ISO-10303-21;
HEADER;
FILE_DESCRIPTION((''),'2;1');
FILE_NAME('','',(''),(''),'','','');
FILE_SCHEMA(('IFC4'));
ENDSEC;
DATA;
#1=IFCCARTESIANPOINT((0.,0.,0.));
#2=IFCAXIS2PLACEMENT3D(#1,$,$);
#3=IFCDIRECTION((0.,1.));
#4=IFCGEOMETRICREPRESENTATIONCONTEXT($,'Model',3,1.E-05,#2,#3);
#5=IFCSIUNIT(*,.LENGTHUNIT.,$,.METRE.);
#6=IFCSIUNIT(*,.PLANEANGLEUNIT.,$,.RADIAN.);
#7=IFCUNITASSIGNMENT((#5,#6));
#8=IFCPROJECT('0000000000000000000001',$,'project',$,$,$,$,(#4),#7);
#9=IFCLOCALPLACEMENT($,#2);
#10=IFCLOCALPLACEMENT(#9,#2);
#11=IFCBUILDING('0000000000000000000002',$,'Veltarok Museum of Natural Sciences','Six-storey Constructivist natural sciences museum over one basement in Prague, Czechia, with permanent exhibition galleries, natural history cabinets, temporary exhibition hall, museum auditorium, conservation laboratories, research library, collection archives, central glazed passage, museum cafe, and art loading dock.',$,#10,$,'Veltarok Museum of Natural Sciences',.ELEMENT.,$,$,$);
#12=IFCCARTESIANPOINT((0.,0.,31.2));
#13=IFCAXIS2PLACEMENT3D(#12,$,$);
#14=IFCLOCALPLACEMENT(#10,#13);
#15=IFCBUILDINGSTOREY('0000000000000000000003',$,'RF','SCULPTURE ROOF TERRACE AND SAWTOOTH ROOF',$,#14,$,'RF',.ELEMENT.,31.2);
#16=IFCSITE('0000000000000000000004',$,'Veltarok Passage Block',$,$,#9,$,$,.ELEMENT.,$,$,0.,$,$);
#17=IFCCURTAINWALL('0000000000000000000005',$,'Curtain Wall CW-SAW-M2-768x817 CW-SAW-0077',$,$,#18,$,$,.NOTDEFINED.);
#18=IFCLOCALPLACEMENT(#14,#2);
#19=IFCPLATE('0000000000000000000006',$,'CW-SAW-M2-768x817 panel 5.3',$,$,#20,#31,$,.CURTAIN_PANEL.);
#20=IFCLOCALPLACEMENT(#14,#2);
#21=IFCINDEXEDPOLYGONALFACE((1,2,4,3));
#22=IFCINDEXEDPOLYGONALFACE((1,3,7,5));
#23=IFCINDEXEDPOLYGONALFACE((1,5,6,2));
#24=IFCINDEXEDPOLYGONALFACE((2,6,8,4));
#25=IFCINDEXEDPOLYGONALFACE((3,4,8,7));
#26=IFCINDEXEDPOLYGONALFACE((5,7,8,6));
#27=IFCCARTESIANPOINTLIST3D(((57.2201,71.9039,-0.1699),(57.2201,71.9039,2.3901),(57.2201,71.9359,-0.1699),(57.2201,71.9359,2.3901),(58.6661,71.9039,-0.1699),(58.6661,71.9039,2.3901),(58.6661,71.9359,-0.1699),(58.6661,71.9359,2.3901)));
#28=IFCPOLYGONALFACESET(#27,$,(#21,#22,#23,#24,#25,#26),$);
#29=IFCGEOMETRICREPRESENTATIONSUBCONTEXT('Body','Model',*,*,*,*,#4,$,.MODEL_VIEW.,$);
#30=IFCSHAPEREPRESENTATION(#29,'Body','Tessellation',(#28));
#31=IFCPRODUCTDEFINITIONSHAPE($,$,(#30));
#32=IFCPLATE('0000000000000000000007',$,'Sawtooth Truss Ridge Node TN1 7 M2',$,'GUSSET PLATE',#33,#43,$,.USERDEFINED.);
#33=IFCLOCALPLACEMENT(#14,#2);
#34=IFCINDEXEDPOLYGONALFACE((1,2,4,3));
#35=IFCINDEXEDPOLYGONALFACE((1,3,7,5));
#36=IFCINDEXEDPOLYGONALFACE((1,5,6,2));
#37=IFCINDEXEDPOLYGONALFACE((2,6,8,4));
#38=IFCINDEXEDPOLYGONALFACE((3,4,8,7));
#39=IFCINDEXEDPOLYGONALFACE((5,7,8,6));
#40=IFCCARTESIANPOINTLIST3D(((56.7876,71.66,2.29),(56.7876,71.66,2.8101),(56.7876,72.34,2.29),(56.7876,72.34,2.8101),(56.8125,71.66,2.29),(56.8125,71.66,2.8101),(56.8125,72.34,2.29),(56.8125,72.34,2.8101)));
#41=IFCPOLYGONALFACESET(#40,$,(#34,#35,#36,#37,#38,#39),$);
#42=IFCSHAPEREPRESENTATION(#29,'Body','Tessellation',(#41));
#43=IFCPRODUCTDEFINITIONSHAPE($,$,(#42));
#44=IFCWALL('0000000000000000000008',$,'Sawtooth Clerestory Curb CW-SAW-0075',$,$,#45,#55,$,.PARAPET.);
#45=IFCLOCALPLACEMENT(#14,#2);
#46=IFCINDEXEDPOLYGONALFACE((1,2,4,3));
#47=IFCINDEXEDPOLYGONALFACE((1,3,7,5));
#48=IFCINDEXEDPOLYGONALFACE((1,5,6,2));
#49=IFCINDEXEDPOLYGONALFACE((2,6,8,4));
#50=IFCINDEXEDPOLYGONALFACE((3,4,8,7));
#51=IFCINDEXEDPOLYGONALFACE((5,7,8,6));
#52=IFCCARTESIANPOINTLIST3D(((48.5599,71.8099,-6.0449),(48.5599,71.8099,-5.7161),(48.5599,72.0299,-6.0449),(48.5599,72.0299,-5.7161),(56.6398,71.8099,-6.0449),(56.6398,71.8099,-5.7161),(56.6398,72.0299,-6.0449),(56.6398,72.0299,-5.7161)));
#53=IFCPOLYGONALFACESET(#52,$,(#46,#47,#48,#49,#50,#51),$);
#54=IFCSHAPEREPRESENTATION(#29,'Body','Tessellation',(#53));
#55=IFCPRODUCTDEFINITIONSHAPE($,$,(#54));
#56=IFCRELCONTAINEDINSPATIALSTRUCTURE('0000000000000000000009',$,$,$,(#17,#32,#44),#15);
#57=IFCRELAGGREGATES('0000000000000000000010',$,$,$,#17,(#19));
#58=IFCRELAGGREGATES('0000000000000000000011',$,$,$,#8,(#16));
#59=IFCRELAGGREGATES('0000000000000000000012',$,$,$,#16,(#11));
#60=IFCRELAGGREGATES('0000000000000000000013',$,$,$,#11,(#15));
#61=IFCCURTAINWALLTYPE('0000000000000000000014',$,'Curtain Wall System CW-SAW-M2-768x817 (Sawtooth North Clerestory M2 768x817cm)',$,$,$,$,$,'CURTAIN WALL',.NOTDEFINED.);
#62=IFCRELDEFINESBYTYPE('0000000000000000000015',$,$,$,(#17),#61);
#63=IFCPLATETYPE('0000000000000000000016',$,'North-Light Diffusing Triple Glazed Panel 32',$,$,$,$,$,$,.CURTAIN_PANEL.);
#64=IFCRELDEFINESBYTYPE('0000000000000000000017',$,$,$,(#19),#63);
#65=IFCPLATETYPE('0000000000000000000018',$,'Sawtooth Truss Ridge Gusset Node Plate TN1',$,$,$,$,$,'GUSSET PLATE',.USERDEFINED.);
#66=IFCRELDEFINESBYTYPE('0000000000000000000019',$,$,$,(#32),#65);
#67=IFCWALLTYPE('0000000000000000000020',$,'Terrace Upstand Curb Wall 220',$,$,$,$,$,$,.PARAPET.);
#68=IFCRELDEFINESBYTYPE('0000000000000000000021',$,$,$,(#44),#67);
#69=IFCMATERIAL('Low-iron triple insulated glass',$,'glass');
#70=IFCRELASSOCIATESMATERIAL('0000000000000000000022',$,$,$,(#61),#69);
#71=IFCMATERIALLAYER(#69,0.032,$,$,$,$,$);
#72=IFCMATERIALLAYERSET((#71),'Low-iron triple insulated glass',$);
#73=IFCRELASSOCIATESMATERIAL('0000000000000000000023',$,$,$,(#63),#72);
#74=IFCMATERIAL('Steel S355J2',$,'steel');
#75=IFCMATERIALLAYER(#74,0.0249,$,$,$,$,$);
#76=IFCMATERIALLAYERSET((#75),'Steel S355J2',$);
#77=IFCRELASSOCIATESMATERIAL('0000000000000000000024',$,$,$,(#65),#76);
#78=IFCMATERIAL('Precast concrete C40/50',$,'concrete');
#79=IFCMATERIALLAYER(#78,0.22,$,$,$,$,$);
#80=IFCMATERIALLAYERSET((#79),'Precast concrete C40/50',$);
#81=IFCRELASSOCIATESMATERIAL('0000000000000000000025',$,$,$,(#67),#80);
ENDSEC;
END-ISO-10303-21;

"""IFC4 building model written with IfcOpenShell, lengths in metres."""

from ifc_helpers import new_model, si_unit, direction, frame, frame_2d, origin, origin_2d, place, context, subcontext, project, spatial, rectangle, extrude, material, layer, layer_set, type_object, element, aggregate, save


model = new_model("IFC4")

# Units and contexts
model_context = context("Model", 3, precision=1e-05, world=origin(), true_north=direction((0.0, 1.0)))
body_context = subcontext(model_context, "Body", "Model", "MODEL_VIEW")
ifc_project = project(units=[si_unit("LENGTHUNIT", "METRE"), si_unit("PLANEANGLEUNIT", "RADIAN")], contexts=[model_context])

# Site, building, storey
site_placement = place(None, origin())
site = spatial("IfcSite", under=ifc_project, at=site_placement, Name="Veltarok Passage Block", CompositionType="ELEMENT", RefElevation=0.0)
building_placement = place(site_placement, origin())
building = spatial("IfcBuilding", under=site, at=building_placement, Name="Veltarok Museum of Natural Sciences", Description="Six-storey Constructivist natural sciences museum over one basement in Prague, Czechia, with permanent exhibition galleries, natural history cabinets, temporary exhibition hall, museum auditorium, conservation laboratories, research library, collection archives, central glazed passage, museum cafe, and art loading dock.", LongName="Veltarok Museum of Natural Sciences", CompositionType="ELEMENT")
storey_placement = place(building_placement, frame((0.0, 0.0, 31.2)))
storey = spatial("IfcBuildingStorey", under=building, at=storey_placement, Name="RF", Description="SCULPTURE ROOF TERRACE AND SAWTOOTH ROOF", LongName="RF", CompositionType="ELEMENT", Elevation=31.2)

# Shared definitions
ifc_material_1 = material(Name="Steel S355J2", Category="steel")

# Shared definitions
ifc_material_2 = material(Name="Low-iron triple insulated glass", Category="glass")
curtain_wall_type = type_object("IfcCurtainWallType", Name="Curtain Wall System CW-SAW-M2-768x817 (Sawtooth North Clerestory M2 768x817cm)", ElementType="CURTAIN WALL", PredefinedType="NOTDEFINED", material=ifc_material_2)

# Curtain wall
curtain_wall_1_placement = place(storey_placement, origin())
curtain_wall_1 = element("IfcCurtainWall", 1, at=curtain_wall_1_placement, inside=storey, type_object=curtain_wall_type, Name="Curtain Wall CW-SAW-M2-768x817 CW-SAW-0077", PredefinedType="NOTDEFINED")

# Plates
ifc_layer_1 = layer(ifc_material_2, 0.032)
ifc_layer_set_1 = layer_set([ifc_layer_1], Name="Low-iron triple insulated glass")
plate_type_1 = type_object("IfcPlateType", Name="North-Light Diffusing Triple Glazed Panel 32", PredefinedType="CURTAIN_PANEL", material=ifc_layer_set_1)
plate_1_placement = place(storey_placement, frame((57.9431, 71.9199, -0.1699), z_axis=(0.0, 0.0, 1.0), x_axis=(-1.0, 0.0, 0.0)))
plate_1 = element("IfcPlate", 2, at=plate_1_placement, type_object=plate_type_1, Name="CW-SAW-M2-768x817 panel 5.3", PredefinedType="CURTAIN_PANEL", context=body_context, shape_type="SweptSolid", body=[
    extrude(rectangle(XDim=1.446, YDim=0.032, at=origin_2d()), origin(), (0.0, 0.0, 1.0), 2.5601),
])
aggregate(curtain_wall_1, [plate_1])
ifc_layer_2 = layer(ifc_material_1, 0.0249)
ifc_layer_set_2 = layer_set([ifc_layer_2], Name="Steel S355J2")
plate_type_2 = type_object("IfcPlateType", Name="Sawtooth Truss Ridge Gusset Node Plate TN1", ElementType="GUSSET PLATE", PredefinedType="USERDEFINED", material=ifc_layer_set_2)
plate_2_placement = place(storey_placement, frame((56.8, 72.0, 2.29), z_axis=(0.0, 0.0, 1.0), x_axis=(1.0, 0.0, 0.0)))
element("IfcPlate", 3, at=plate_2_placement, inside=storey, type_object=plate_type_2, Name="Sawtooth Truss Ridge Node TN1 7 M2", ObjectType="GUSSET PLATE", PredefinedType="USERDEFINED", context=body_context, shape_type="SweptSolid", body=[
    extrude(rectangle(XDim=0.0249, YDim=0.6799, at=origin_2d()), origin(), (0.0, 0.0, 1.0), 0.52),
])

# Wall
ifc_material_3 = material(Name="Precast concrete C40/50", Category="concrete")
ifc_layer_3 = layer(ifc_material_3, 0.22)
ifc_layer_set_3 = layer_set([ifc_layer_3], Name="Precast concrete C40/50")
wall_type = type_object("IfcWallType", Name="Terrace Upstand Curb Wall 220", PredefinedType="PARAPET", material=ifc_layer_set_3)
wall_placement = place(storey_placement, frame((56.6399, 71.9199, -6.0449), z_axis=(0.0, 0.0, 1.0), x_axis=(-1.0, 0.0, 0.0)))
element("IfcWall", 4, at=wall_placement, inside=storey, type_object=wall_type, Name="Sawtooth Clerestory Curb CW-SAW-0075", PredefinedType="PARAPET", context=body_context, shape_type="SweptSolid", body=[
    extrude(rectangle(XDim=8.0798, YDim=0.22, at=frame_2d((4.04, 0.0))), origin(), (0.0, 0.0, 1.0), 0.3289),
])

save(model, "model.ifc")
